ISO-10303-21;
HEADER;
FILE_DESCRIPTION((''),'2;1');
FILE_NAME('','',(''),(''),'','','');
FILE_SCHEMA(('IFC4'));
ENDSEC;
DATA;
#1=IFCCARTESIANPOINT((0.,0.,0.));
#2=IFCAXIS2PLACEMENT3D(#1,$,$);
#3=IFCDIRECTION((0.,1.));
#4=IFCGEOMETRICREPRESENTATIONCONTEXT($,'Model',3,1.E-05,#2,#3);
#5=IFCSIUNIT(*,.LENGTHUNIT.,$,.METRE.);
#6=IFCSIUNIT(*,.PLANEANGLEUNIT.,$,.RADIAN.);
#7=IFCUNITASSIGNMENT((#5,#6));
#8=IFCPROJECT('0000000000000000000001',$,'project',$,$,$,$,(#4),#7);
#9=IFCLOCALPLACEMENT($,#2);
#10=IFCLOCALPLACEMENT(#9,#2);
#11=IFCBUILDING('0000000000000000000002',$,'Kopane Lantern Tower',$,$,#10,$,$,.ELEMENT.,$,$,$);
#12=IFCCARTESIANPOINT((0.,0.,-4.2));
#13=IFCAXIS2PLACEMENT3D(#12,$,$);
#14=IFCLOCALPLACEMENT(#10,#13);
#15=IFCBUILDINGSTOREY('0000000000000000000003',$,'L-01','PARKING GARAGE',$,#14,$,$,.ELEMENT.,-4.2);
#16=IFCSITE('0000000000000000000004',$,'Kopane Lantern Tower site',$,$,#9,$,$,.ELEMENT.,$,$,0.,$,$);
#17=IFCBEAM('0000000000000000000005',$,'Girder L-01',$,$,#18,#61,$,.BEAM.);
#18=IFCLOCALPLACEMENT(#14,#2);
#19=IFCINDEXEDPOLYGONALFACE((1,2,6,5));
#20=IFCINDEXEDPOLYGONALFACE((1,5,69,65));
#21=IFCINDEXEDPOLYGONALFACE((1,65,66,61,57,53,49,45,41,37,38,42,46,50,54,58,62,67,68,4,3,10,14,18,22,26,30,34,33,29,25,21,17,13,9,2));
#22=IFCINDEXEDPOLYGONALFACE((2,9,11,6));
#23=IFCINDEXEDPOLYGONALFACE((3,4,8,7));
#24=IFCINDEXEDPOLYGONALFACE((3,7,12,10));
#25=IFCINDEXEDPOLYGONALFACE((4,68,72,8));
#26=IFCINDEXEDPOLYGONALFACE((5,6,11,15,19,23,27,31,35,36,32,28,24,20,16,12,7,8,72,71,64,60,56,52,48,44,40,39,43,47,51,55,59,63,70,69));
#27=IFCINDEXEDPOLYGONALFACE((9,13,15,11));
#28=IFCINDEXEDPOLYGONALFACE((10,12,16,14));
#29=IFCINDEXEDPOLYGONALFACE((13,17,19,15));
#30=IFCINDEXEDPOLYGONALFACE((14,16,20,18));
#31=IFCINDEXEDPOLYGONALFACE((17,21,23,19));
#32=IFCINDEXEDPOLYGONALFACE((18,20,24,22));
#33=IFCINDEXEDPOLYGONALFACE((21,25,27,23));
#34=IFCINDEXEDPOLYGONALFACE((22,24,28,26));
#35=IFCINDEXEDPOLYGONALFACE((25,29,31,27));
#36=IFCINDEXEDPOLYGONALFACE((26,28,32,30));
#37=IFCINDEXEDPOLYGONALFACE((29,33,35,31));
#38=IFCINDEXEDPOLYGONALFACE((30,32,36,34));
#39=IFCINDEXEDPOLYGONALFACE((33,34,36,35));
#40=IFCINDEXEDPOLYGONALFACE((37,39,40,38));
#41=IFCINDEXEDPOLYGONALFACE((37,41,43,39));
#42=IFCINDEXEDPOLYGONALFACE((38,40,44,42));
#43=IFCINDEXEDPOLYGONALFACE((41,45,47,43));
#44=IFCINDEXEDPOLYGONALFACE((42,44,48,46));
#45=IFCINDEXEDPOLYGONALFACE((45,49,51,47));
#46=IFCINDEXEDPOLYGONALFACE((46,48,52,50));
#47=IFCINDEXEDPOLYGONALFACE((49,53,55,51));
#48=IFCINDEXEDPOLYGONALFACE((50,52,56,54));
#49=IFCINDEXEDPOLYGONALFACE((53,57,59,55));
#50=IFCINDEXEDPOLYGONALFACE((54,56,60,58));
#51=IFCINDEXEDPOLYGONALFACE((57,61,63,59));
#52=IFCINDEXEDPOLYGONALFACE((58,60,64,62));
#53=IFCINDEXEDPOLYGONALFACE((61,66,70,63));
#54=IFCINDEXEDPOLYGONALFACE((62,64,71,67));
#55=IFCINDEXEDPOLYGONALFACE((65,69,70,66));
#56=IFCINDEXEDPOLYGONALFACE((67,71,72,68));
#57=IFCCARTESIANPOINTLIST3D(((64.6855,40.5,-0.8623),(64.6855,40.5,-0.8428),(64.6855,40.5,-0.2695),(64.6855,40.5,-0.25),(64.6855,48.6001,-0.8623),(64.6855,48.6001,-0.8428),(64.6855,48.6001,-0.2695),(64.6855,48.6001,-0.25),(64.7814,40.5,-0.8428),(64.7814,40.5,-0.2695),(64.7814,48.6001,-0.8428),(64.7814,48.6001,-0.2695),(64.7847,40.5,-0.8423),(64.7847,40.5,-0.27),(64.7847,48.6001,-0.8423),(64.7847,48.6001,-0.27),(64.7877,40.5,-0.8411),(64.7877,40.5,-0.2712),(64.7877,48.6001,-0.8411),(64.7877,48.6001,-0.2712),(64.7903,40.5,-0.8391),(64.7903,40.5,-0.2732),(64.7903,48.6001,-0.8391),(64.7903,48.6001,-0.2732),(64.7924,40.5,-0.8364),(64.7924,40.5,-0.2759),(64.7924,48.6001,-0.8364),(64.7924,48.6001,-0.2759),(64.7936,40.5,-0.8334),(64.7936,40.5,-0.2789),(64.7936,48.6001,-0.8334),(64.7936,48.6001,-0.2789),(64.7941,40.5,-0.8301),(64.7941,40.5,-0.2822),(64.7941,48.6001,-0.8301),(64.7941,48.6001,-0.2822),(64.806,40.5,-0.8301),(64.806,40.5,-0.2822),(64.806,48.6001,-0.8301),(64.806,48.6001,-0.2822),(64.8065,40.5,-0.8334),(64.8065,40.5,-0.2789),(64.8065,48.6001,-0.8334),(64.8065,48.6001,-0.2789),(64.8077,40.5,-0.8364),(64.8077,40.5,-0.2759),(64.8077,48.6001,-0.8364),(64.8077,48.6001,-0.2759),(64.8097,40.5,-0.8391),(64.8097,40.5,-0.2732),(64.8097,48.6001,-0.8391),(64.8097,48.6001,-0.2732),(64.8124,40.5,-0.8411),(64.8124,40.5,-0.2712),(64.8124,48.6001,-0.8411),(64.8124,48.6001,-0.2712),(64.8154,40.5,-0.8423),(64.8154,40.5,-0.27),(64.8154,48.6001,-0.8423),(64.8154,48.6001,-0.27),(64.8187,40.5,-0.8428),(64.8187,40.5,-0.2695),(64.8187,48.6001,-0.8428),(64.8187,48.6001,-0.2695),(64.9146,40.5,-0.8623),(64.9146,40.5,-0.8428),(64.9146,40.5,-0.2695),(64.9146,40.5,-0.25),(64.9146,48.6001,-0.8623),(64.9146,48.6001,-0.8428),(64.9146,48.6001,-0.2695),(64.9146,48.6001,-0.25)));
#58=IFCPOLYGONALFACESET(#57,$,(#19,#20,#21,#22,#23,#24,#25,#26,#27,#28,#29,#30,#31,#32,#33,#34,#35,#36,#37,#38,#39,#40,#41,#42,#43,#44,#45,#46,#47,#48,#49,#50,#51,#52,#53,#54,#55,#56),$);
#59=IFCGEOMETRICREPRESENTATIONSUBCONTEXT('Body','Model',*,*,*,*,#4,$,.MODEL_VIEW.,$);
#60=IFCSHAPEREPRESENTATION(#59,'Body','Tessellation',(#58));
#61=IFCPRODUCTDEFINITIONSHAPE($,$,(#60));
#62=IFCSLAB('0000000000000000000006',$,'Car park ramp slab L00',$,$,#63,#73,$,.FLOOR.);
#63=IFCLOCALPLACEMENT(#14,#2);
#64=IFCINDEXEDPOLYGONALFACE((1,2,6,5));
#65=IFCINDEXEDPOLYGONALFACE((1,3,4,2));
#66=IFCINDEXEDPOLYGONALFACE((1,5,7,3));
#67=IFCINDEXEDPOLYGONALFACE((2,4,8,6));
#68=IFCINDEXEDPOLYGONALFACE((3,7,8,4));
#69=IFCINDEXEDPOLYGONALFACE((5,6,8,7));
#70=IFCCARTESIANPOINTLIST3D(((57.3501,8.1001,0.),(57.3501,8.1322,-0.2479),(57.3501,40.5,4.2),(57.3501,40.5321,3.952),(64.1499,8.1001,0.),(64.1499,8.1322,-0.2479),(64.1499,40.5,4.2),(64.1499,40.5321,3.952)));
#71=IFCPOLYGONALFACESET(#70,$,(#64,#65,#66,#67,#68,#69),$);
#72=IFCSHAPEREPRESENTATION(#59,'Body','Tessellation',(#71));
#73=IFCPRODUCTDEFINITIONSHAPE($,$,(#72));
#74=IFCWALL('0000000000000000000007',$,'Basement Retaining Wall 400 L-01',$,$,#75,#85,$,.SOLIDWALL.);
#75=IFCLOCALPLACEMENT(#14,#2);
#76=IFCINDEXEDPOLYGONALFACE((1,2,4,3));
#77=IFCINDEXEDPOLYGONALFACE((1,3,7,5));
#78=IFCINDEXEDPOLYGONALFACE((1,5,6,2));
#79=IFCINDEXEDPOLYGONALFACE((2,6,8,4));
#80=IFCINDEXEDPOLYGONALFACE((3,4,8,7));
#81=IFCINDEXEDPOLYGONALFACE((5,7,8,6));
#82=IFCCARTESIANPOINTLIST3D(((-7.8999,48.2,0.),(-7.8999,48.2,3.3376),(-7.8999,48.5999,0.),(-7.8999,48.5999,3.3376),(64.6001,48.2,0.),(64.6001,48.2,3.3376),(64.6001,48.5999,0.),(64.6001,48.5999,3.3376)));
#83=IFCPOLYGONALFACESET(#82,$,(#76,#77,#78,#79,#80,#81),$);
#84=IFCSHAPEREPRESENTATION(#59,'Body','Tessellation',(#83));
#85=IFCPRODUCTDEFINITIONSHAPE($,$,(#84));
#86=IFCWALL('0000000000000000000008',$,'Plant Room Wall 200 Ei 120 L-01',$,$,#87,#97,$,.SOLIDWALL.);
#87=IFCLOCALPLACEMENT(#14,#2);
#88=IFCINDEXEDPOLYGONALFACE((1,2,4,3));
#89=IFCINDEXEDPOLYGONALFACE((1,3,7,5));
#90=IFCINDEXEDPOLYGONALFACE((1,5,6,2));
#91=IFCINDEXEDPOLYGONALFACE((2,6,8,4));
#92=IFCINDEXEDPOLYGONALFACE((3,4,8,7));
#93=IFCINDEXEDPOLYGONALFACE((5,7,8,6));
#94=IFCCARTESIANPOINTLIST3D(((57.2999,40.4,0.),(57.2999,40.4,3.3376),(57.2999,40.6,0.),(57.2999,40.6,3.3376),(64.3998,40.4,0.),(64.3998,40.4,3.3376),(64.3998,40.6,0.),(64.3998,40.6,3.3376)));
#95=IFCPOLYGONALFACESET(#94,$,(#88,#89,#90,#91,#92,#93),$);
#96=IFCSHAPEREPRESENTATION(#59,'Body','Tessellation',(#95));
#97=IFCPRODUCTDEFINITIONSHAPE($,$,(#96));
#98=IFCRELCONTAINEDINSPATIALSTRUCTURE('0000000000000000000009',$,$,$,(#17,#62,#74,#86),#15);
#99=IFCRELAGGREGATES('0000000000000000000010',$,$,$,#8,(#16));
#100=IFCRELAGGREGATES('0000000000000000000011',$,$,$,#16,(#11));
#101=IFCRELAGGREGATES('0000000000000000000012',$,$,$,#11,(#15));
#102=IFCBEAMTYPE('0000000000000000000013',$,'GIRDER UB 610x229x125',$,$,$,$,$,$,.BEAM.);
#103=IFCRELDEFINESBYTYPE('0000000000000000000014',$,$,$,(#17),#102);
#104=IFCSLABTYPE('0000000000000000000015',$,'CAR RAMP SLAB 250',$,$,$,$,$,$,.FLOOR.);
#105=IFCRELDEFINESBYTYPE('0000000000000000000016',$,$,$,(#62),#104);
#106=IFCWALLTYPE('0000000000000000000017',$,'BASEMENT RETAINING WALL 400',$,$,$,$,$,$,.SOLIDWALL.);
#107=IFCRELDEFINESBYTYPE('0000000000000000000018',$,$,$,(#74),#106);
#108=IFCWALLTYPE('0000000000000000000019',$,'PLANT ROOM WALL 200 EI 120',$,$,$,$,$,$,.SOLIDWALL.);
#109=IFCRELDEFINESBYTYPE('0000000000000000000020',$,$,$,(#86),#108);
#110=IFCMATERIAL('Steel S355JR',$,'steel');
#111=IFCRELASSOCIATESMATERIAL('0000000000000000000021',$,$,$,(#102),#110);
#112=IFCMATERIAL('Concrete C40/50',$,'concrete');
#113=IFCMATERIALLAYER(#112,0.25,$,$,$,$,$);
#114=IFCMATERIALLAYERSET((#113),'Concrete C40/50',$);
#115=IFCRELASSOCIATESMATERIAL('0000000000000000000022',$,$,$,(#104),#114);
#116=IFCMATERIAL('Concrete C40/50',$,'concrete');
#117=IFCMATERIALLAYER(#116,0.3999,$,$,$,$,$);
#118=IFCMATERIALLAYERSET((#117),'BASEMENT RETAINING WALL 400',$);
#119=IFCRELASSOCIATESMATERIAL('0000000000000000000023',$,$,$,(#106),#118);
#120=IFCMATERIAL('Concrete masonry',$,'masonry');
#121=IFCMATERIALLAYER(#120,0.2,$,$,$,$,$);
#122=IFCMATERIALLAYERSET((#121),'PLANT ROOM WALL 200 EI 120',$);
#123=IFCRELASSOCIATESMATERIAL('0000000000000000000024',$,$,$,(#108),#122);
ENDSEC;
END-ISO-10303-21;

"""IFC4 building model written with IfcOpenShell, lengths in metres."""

from ifc_helpers import new_model, si_unit, direction, frame, frame_2d, origin, origin_2d, place, context, subcontext, project, spatial, polyline, rectangle, i_section, outline, extrude, material, layer, layer_set, material_profile, profile_set, type_object, element, save


model = new_model("IFC4")

# Units and contexts
model_context = context("Model", 3, precision=1e-05, world=origin(), true_north=direction((0.0, 1.0)))
body_context = subcontext(model_context, "Body", "Model", "MODEL_VIEW")
ifc_project = project(units=[si_unit("LENGTHUNIT", "METRE"), si_unit("PLANEANGLEUNIT", "RADIAN")], contexts=[model_context])

# Site, building, storey
site_placement = place(None, origin())
site = spatial("IfcSite", under=ifc_project, at=site_placement, Name="Kopane Lantern Tower site", CompositionType="ELEMENT", RefElevation=0.0)
building_placement = place(site_placement, origin())
building = spatial("IfcBuilding", under=site, at=building_placement, Name="Kopane Lantern Tower", CompositionType="ELEMENT")
storey_placement = place(building_placement, frame((0.0, 0.0, -4.2)))
storey = spatial("IfcBuildingStorey", under=building, at=storey_placement, Name="L-01", Description="PARKING GARAGE", CompositionType="ELEMENT", Elevation=-4.2)

# Beam
ifc_material_1 = material(Name="Steel S355JR", Category="steel")
ifc_material_profile_1 = material_profile(ifc_material_1, i_section(OverallWidth=0.229, OverallDepth=0.6123, WebThickness=0.012, FlangeThickness=0.0195, FilletRadius=0.0127, at=origin_2d()), Name="UB 610x229x125")
ifc_profile_set_1 = profile_set([ifc_material_profile_1], Name="Steel S355JR")
beam_type_1 = type_object("IfcBeamType", Name="GIRDER UB 610x229x125", PredefinedType="BEAM", material=ifc_profile_set_1)
for number, where, z_axis, x_axis, name in (
    (1, (64.8, 40.5, -0.5562), (0.0, 1.0, 0.0), (-1.0, 0.0, 0.0), "Girder L-01"),
):
    element("IfcBeam", number, at=place(storey_placement, frame(where, z_axis=z_axis, x_axis=x_axis)), inside=storey, type_object=beam_type_1, Name=name, PredefinedType="BEAM", context=body_context, shape_type="SweptSolid", body=[
        extrude(i_section(OverallWidth=0.229, OverallDepth=0.6123, WebThickness=0.012, FlangeThickness=0.0195, FilletRadius=0.0127, at=origin_2d()), origin(), (0.0, 0.0, 1.0), 8.1001),
    ])

# Slab
ifc_material_2 = material(Name="Concrete C40/50", Category="concrete")
ifc_layer_1 = layer(ifc_material_2, 0.25)
ifc_layer_set_1 = layer_set([ifc_layer_1], Name="Concrete C40/50")
slab_type = type_object("IfcSlabType", Name="CAR RAMP SLAB 250", PredefinedType="FLOOR", material=ifc_layer_set_1)
slab_placement = place(storey_placement, frame((57.3501, 40.5, 4.2), z_axis=(0.0, -0.128553, 0.991703), x_axis=(1.0, 0.0, 0.0)))
element("IfcSlab", 2, at=slab_placement, inside=storey, type_object=slab_type, Name="Car park ramp slab L00", PredefinedType="FLOOR", context=body_context, shape_type="SweptSolid", body=[
    extrude(outline(polyline([(0.0, 0.0), (6.7998, 0.0), (6.7998, -32.671), (0.0, -32.671), (0.0, 0.0)])), origin(), (0.0, 0.0, -1.0), 0.25),
])

# Walls
ifc_material_3 = material(Name="Concrete C40/50", Category="concrete")
ifc_layer_2 = layer(ifc_material_3, 0.3999)
ifc_layer_set_2 = layer_set([ifc_layer_2], Name="BASEMENT RETAINING WALL 400")
wall_type_1 = type_object("IfcWallType", Name="BASEMENT RETAINING WALL 400", PredefinedType="SOLIDWALL", material=ifc_layer_set_2)
wall_1_placement = place(storey_placement, frame((64.6001, 48.3999, 0.0), z_axis=(0.0, 0.0, 1.0), x_axis=(-1.0, 0.0, 0.0)))
element("IfcWall", 3, at=wall_1_placement, inside=storey, type_object=wall_type_1, Name="Basement Retaining Wall 400 L-01", PredefinedType="SOLIDWALL", context=body_context, shape_type="SweptSolid", body=[
    extrude(rectangle(XDim=72.5, YDim=0.3999, at=frame_2d((36.25, 0.0))), origin(), (0.0, 0.0, 1.0), 3.3376),
])
ifc_material_4 = material(Name="Concrete masonry", Category="masonry")
ifc_layer_3 = layer(ifc_material_4, 0.2)
ifc_layer_set_3 = layer_set([ifc_layer_3], Name="PLANT ROOM WALL 200 EI 120")
wall_type_2 = type_object("IfcWallType", Name="PLANT ROOM WALL 200 EI 120", PredefinedType="SOLIDWALL", material=ifc_layer_set_3)
wall_2_placement = place(storey_placement, frame((57.3, 40.5, 0.0), z_axis=(0.0, 0.0, 1.0), x_axis=(1.0, 0.0, 0.0)))
element("IfcWall", 4, at=wall_2_placement, inside=storey, type_object=wall_type_2, Name="Plant Room Wall 200 Ei 120 L-01", PredefinedType="SOLIDWALL", context=body_context, shape_type="SweptSolid", body=[
    extrude(rectangle(XDim=7.0999, YDim=0.2, at=frame_2d((3.5498, 0.0))), origin(), (0.0, 0.0, 1.0), 3.3376),
])

save(model, "model.ifc")
